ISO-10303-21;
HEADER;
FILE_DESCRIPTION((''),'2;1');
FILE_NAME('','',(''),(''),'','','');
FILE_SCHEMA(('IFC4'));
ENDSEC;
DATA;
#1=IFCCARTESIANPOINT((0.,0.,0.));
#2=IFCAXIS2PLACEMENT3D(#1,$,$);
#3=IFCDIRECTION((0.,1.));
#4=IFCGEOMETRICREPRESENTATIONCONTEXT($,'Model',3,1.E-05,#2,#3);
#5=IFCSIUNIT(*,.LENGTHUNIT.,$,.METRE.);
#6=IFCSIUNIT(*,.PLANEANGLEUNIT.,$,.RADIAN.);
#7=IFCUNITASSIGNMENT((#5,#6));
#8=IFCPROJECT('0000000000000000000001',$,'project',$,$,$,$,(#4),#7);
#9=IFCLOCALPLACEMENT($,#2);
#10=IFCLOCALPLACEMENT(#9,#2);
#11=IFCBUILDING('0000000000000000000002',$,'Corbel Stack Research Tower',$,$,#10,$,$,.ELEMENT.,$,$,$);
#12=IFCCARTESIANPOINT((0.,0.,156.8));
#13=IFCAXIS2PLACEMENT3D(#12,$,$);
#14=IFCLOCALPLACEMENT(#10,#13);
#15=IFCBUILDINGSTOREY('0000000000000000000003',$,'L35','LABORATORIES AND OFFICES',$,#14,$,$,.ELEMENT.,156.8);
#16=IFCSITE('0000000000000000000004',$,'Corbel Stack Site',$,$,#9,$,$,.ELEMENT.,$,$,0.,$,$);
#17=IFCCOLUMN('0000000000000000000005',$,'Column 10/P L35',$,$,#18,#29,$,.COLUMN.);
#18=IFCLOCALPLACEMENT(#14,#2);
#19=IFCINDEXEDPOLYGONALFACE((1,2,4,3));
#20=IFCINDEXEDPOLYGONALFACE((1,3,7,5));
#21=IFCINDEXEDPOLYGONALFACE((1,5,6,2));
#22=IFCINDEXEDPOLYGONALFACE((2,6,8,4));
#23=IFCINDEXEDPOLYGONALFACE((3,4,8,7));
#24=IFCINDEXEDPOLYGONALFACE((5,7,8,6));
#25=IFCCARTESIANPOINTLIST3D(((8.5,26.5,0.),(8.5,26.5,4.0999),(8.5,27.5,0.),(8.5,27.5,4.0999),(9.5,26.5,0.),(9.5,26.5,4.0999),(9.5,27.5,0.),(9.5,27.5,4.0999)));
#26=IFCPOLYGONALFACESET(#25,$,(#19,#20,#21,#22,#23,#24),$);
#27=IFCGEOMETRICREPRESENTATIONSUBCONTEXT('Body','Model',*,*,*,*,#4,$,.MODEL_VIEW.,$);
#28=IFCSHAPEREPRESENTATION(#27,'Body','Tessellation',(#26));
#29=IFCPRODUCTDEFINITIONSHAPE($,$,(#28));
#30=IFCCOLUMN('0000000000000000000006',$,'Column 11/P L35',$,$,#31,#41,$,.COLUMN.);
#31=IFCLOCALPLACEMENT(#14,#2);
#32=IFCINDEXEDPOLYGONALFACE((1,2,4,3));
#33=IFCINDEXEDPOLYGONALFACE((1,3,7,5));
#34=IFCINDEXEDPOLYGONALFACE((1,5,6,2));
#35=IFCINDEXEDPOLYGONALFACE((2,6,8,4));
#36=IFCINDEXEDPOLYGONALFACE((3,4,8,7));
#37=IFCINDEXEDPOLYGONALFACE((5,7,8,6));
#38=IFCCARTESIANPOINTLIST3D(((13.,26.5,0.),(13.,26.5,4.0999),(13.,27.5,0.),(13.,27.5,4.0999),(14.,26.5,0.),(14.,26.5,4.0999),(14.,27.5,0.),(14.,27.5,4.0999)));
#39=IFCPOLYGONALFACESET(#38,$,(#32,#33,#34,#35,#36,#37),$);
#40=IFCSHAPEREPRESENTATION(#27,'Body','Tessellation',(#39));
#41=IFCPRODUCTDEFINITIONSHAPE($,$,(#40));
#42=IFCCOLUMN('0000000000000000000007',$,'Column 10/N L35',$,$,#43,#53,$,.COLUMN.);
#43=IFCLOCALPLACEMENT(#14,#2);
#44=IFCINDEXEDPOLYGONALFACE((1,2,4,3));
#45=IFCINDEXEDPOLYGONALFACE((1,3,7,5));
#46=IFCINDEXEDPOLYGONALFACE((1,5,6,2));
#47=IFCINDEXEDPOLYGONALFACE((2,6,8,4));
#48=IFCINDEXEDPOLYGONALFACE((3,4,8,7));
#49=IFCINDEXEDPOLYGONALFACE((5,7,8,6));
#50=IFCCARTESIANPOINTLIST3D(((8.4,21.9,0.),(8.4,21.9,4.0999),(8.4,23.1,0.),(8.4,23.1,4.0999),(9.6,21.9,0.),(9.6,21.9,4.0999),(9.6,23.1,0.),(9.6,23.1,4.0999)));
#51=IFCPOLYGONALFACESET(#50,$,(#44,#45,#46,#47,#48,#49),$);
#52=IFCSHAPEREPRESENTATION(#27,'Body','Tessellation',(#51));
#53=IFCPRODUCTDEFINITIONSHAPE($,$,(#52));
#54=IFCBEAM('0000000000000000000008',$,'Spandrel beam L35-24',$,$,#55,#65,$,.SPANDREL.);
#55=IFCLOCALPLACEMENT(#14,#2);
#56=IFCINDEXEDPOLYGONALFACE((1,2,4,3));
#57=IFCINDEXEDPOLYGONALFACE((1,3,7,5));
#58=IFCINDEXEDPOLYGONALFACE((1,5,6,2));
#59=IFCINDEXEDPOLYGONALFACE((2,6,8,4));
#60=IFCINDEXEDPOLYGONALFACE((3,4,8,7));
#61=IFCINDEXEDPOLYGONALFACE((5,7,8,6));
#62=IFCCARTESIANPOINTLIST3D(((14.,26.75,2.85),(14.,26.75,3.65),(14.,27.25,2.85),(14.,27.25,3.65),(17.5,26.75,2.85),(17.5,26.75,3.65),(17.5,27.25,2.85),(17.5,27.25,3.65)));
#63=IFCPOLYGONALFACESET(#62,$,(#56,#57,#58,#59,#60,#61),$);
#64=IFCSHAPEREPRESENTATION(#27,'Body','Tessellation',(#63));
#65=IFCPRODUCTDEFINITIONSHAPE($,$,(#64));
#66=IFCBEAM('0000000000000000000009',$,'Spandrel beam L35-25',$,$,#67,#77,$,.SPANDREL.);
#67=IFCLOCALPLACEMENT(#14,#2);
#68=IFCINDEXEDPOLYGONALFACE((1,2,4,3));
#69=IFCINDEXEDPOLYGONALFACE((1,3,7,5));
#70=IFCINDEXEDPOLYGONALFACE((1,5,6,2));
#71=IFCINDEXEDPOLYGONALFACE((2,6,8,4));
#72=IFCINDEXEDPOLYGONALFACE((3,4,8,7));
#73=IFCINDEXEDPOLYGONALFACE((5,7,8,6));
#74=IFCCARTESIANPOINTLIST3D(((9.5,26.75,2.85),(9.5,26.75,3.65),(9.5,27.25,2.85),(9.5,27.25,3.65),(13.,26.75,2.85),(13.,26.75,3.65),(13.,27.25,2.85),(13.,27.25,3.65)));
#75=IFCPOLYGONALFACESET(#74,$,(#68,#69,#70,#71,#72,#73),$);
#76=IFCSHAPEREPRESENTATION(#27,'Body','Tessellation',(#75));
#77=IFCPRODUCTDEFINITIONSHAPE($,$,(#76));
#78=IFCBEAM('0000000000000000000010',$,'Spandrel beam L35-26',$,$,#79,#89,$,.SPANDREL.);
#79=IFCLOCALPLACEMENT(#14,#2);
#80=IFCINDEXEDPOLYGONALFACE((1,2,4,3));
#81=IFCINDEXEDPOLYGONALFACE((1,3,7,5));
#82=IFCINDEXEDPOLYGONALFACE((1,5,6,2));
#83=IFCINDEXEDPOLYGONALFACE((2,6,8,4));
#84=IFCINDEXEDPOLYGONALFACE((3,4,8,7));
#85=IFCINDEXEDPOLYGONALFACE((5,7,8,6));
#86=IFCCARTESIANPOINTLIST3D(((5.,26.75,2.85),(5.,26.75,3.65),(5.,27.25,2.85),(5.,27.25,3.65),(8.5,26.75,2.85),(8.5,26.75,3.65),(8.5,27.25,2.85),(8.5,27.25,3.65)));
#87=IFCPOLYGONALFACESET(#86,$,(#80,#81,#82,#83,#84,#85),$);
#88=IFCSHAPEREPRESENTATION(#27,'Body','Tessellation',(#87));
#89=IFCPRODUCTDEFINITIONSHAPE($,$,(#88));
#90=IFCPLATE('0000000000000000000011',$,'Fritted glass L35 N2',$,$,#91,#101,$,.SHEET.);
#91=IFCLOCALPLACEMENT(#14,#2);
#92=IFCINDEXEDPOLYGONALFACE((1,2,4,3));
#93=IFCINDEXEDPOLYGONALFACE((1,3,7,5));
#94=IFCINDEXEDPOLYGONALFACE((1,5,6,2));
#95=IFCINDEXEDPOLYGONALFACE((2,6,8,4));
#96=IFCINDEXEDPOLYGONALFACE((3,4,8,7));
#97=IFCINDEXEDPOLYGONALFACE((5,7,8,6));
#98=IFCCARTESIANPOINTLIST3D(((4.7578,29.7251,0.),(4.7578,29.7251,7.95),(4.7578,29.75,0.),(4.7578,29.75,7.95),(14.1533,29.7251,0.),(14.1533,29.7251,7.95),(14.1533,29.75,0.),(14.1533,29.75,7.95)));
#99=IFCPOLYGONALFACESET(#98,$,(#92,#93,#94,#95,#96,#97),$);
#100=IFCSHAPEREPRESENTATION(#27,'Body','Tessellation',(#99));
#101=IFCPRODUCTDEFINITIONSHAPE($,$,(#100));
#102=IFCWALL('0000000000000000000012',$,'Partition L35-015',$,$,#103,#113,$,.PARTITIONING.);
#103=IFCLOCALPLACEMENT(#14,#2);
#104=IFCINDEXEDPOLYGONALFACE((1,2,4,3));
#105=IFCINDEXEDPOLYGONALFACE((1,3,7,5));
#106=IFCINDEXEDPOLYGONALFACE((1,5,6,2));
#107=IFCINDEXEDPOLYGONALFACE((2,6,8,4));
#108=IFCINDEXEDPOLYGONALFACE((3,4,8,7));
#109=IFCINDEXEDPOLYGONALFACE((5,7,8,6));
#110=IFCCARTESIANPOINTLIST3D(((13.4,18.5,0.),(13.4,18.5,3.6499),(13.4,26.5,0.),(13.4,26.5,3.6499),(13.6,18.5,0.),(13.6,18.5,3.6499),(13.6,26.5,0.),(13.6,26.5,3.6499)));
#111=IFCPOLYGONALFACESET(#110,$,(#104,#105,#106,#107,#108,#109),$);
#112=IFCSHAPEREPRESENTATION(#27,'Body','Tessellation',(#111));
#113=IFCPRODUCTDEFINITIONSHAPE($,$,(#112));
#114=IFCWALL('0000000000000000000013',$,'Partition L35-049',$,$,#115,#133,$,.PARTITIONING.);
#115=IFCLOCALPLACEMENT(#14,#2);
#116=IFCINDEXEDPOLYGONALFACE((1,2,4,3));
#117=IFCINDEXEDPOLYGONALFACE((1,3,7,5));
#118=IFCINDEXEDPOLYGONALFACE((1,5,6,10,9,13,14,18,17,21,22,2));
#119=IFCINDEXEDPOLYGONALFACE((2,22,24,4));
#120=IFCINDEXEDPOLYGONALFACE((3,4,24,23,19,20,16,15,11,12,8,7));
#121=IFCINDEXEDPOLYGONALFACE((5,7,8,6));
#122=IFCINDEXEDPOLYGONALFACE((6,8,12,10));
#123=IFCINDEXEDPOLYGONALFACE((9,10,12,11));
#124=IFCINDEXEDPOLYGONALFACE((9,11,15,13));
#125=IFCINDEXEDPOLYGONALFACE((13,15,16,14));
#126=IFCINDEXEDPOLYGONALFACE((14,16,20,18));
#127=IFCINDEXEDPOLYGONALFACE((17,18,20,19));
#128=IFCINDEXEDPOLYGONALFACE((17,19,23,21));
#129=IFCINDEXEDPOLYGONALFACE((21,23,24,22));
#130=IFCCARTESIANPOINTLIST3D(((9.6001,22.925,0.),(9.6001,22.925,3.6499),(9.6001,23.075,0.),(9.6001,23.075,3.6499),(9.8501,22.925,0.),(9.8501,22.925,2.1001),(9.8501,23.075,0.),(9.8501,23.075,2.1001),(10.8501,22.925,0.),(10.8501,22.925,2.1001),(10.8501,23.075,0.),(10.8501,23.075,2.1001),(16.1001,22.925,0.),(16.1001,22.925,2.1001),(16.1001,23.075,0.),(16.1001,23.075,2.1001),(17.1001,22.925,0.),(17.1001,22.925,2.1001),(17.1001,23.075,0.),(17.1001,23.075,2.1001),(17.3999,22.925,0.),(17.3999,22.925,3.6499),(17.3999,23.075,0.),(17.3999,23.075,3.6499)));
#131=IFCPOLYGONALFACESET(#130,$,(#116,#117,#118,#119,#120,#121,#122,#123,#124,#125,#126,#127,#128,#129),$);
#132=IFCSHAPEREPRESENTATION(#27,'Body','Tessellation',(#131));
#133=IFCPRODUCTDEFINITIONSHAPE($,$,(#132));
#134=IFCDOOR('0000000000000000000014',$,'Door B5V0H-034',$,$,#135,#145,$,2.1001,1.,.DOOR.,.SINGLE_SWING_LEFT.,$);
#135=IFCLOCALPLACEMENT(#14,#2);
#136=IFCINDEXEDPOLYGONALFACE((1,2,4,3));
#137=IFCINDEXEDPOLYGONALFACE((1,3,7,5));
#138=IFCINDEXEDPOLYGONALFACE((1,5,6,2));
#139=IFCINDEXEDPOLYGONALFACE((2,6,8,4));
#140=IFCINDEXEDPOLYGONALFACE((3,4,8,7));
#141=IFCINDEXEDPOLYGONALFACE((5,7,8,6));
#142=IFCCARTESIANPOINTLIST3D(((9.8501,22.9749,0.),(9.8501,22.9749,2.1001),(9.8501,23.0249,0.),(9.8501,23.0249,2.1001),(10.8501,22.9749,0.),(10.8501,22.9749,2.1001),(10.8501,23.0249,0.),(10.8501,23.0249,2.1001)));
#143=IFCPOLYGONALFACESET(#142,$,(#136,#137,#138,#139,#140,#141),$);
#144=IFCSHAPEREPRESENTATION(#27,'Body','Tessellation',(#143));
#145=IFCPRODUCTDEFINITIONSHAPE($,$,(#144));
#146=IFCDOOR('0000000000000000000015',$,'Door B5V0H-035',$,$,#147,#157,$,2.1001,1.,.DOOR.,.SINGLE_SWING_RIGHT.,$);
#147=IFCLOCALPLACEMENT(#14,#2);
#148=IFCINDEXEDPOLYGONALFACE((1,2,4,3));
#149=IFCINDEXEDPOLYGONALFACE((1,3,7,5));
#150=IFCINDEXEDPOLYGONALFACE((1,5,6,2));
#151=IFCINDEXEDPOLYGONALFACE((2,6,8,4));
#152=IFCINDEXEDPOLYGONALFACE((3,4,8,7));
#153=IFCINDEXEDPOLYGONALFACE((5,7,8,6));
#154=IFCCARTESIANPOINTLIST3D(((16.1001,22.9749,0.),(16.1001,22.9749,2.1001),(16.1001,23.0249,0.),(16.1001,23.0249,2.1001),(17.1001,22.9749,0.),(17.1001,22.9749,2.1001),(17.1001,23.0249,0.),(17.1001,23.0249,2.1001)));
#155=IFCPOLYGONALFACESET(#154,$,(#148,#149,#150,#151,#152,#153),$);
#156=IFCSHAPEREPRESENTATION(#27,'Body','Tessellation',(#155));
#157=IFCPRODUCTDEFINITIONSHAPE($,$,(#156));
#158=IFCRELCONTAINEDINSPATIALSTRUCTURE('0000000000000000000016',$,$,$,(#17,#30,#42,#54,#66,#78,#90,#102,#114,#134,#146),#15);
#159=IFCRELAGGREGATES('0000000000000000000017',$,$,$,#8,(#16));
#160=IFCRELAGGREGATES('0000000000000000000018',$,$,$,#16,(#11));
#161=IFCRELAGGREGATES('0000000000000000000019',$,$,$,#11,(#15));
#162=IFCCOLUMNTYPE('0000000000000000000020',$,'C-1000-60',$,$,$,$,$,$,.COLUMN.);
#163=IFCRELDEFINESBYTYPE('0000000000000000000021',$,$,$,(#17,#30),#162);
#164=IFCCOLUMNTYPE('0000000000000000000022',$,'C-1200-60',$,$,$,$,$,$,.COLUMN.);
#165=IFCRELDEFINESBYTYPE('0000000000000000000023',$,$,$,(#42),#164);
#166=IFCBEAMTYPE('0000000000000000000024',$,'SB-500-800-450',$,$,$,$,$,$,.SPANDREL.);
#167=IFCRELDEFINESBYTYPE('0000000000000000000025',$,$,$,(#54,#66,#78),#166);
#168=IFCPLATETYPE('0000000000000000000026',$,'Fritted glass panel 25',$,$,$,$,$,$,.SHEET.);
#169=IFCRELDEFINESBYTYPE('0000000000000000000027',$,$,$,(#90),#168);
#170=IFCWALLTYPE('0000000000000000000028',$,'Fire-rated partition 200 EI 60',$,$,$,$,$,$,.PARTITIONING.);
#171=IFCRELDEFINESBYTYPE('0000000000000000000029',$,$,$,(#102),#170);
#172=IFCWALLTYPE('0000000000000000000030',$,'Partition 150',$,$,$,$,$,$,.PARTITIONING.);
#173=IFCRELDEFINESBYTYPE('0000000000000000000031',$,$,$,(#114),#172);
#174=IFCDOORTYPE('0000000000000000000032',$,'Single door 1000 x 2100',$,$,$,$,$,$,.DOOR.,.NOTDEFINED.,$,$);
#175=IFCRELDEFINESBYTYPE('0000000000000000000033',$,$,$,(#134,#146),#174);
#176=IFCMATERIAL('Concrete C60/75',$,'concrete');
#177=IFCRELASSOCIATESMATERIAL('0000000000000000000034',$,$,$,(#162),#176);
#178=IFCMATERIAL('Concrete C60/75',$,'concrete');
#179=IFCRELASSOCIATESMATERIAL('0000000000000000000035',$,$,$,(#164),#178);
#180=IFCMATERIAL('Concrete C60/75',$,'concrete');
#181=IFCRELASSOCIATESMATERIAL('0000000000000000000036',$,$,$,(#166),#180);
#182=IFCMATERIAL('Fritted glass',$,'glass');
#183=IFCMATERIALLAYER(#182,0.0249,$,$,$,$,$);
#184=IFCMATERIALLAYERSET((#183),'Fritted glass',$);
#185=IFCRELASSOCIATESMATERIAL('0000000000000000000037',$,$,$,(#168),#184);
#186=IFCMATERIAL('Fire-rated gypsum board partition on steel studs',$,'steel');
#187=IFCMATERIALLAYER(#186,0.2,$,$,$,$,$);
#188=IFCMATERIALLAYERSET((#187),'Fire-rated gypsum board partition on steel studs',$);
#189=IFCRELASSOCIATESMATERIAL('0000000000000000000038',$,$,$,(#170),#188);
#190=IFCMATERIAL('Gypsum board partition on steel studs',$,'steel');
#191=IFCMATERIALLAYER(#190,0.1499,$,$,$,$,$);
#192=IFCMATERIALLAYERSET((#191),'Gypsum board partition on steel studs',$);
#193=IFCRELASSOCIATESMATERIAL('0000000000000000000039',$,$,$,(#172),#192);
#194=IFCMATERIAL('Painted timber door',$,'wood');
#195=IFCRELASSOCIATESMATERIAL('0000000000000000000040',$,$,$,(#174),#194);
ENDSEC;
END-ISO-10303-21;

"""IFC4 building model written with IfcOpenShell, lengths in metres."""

from ifc_helpers import new_model, si_unit, direction, frame, frame_2d, origin, origin_2d, place, context, subcontext, project, spatial, rectangle, extrude, material, layer, layer_set, material_profile, profile_set, type_object, element, fill, save


model = new_model("IFC4")

# Units and contexts
model_context = context("Model", 3, precision=1e-05, world=origin(), true_north=direction((0.0, 1.0)))
body_context = subcontext(model_context, "Body", "Model", "MODEL_VIEW")
ifc_project = project(units=[si_unit("LENGTHUNIT", "METRE"), si_unit("PLANEANGLEUNIT", "RADIAN")], contexts=[model_context])

# Site, building, storey
site_placement = place(None, origin())
site = spatial("IfcSite", under=ifc_project, at=site_placement, Name="Corbel Stack Site", CompositionType="ELEMENT", RefElevation=0.0)
building_placement = place(site_placement, origin())
building = spatial("IfcBuilding", under=site, at=building_placement, Name="Corbel Stack Research Tower", CompositionType="ELEMENT")
storey_placement = place(building_placement, frame((0.0, 0.0, 156.8)))
storey = spatial("IfcBuildingStorey", under=building, at=storey_placement, Name="L35", Description="LABORATORIES AND OFFICES", CompositionType="ELEMENT", Elevation=156.8)

# Columns
ifc_material_1 = material(Name="Concrete C60/75", Category="concrete")
ifc_material_profile_1 = material_profile(ifc_material_1, rectangle(XDim=1.0, YDim=1.0, at=origin_2d()), Name="RC 1000 x 1000")
ifc_profile_set_1 = profile_set([ifc_material_profile_1], Name="Concrete C60/75")
column_type_1 = type_object("IfcColumnType", Name="C-1000-60", PredefinedType="COLUMN", material=ifc_profile_set_1)
for number, where, z_axis, x_axis, name in (
    (1, (9.0, 27.0, 0.0), (0.0, 0.0, 1.0), (1.0, 0.0, 0.0), "Column 10/P L35"),
    (2, (13.5, 27.0, 0.0), (0.0, 0.0, 1.0), (1.0, 0.0, 0.0), "Column 11/P L35"),
):
    element("IfcColumn", number, at=place(storey_placement, frame(where, z_axis=z_axis, x_axis=x_axis)), inside=storey, type_object=column_type_1, Name=name, PredefinedType="COLUMN", context=body_context, shape_type="SweptSolid", body=[
        extrude(rectangle(XDim=1.0, YDim=1.0, at=origin_2d()), origin(), (0.0, 0.0, 1.0), 4.0999),
    ])
ifc_material_2 = material(Name="Concrete C60/75", Category="concrete")
ifc_material_profile_2 = material_profile(ifc_material_2, rectangle(XDim=1.2, YDim=1.2, at=origin_2d()), Name="RC 1200 x 1200")
ifc_profile_set_2 = profile_set([ifc_material_profile_2], Name="Concrete C60/75")
column_type_2 = type_object("IfcColumnType", Name="C-1200-60", PredefinedType="COLUMN", material=ifc_profile_set_2)
column_placement = place(storey_placement, frame((9.0, 22.5, 0.0), z_axis=(0.0, 0.0, 1.0), x_axis=(1.0, 0.0, 0.0)))
element("IfcColumn", 3, at=column_placement, inside=storey, type_object=column_type_2, Name="Column 10/N L35", PredefinedType="COLUMN", context=body_context, shape_type="SweptSolid", body=[
    extrude(rectangle(XDim=1.2, YDim=1.2, at=origin_2d()), origin(), (0.0, 0.0, 1.0), 4.0999),
])

# Beams
ifc_material_3 = material(Name="Concrete C60/75", Category="concrete")
ifc_material_profile_3 = material_profile(ifc_material_3, rectangle(XDim=0.5, YDim=0.8, at=origin_2d()), Name="RC 500 x 800")
ifc_profile_set_3 = profile_set([ifc_material_profile_3], Name="Concrete C60/75")
beam_type = type_object("IfcBeamType", Name="SB-500-800-450", PredefinedType="SPANDREL", material=ifc_profile_set_3)
for number, where, z_axis, x_axis, name in (
    (4, (17.5, 27.0, 3.25), (-1.0, 0.0, 0.0), (0.0, -1.0, 0.0), "Spandrel beam L35-24"),
    (5, (13.0, 27.0, 3.25), (-1.0, 0.0, 0.0), (0.0, -1.0, 0.0), "Spandrel beam L35-25"),
    (6, (8.5, 27.0, 3.25), (-1.0, 0.0, 0.0), (0.0, -1.0, 0.0), "Spandrel beam L35-26"),
):
    element("IfcBeam", number, at=place(storey_placement, frame(where, z_axis=z_axis, x_axis=x_axis)), inside=storey, type_object=beam_type, Name=name, PredefinedType="SPANDREL", context=body_context, shape_type="SweptSolid", body=[
        extrude(rectangle(XDim=0.5, YDim=0.8, at=origin_2d()), origin(), (0.0, 0.0, 1.0), 3.5),
    ])

# Plate
ifc_material_4 = material(Name="Fritted glass", Category="glass")
ifc_layer_1 = layer(ifc_material_4, 0.0249)
ifc_layer_set_1 = layer_set([ifc_layer_1], Name="Fritted glass")
plate_type = type_object("IfcPlateType", Name="Fritted glass panel 25", PredefinedType="SHEET", material=ifc_layer_set_1)
plate_placement = place(storey_placement, frame((9.4556, 29.7375, 0.0), z_axis=(0.0, 0.0, 1.0), x_axis=(-1.0, 0.0, 0.0)))
element("IfcPlate", 7, at=plate_placement, inside=storey, type_object=plate_type, Name="Fritted glass L35 N2", PredefinedType="SHEET", context=body_context, shape_type="SweptSolid", body=[
    extrude(rectangle(XDim=9.3955, YDim=0.0249, at=origin_2d()), origin(), (0.0, 0.0, 1.0), 7.95),
])

# Wall
ifc_material_5 = material(Name="Fire-rated gypsum board partition on steel studs", Category="steel")
ifc_layer_2 = layer(ifc_material_5, 0.2)
ifc_layer_set_2 = layer_set([ifc_layer_2], Name="Fire-rated gypsum board partition on steel studs")
wall_type_1 = type_object("IfcWallType", Name="Fire-rated partition 200 EI 60", PredefinedType="PARTITIONING", material=ifc_layer_set_2)
wall_1_placement = place(storey_placement, frame((13.5, 18.5, 0.0), z_axis=(0.0, 0.0, 1.0), x_axis=(0.0, 1.0, 0.0)))
element("IfcWall", 8, at=wall_1_placement, inside=storey, type_object=wall_type_1, Name="Partition L35-015", PredefinedType="PARTITIONING", context=body_context, shape_type="SweptSolid", body=[
    extrude(rectangle(XDim=8.0, YDim=0.2, at=frame_2d((4.0, 0.0))), origin(), (0.0, 0.0, 1.0), 3.6499),
])

# Wall, openings, doors
ifc_material_6 = material(Name="Gypsum board partition on steel studs", Category="steel")
ifc_layer_3 = layer(ifc_material_6, 0.1499)
ifc_layer_set_3 = layer_set([ifc_layer_3], Name="Gypsum board partition on steel studs")
wall_type_2 = type_object("IfcWallType", Name="Partition 150", PredefinedType="PARTITIONING", material=ifc_layer_set_3)
wall_2_placement = place(storey_placement, frame((9.6001, 23.0, 0.0), z_axis=(0.0, 0.0, 1.0), x_axis=(1.0, 0.0, 0.0)))
wall_2 = element("IfcWall", 9, at=wall_2_placement, inside=storey, type_object=wall_type_2, Name="Partition L35-049", PredefinedType="PARTITIONING", context=body_context, shape_type="SweptSolid", body=[
    extrude(rectangle(XDim=7.7998, YDim=0.1499, at=frame_2d((3.8999, 0.0))), origin(), (0.0, 0.0, 1.0), 3.6499),
])
opening_1_placement = place(wall_2_placement, frame((0.25, 0.0, 0.0)))
opening_1 = element("IfcOpeningElement", 10, at=opening_1_placement, cuts=wall_2, PredefinedType="OPENING", context=body_context, shape_type="SweptSolid", body=[
    extrude(rectangle(XDim=1.0, YDim=2.1001, at=frame_2d((0.5, 1.05))), frame((0.0, 0.085, 0.0), z_axis=(0.0, -1.0, 0.0), x_axis=(1.0, 0.0, 0.0)), (0.0, 0.0, 1.0), 0.1699),
])
opening_2_placement = place(wall_2_placement, frame((6.5, 0.0, 0.0)))
opening_2 = element("IfcOpeningElement", 11, at=opening_2_placement, cuts=wall_2, PredefinedType="OPENING", context=body_context, shape_type="SweptSolid", body=[
    extrude(rectangle(XDim=1.0, YDim=2.1001, at=frame_2d((0.5, 1.05))), frame((0.0, 0.085, 0.0), z_axis=(0.0, -1.0, 0.0), x_axis=(1.0, 0.0, 0.0)), (0.0, 0.0, 1.0), 0.1699),
])
ifc_material_7 = material(Name="Painted timber door", Category="wood")
door_type_1 = type_object("IfcDoorType", Name="Single door 1000 x 2100", OperationType="NOTDEFINED", PredefinedType="DOOR", material=ifc_material_7)
door_1_placement = place(opening_1_placement, origin())
door_1 = element("IfcDoor", 12, at=door_1_placement, inside=storey, type_object=door_type_1, Name="Door B5V0H-034", OperationType="SINGLE_SWING_LEFT", OverallHeight=2.1001, OverallWidth=1.0, PredefinedType="DOOR", context=body_context, shape_type="SweptSolid", body=[
    extrude(rectangle(XDim=1.0, YDim=2.1001, at=frame_2d((0.5, 1.05))), frame((0.0, 0.0249, 0.0), z_axis=(0.0, -1.0, 0.0), x_axis=(1.0, 0.0, 0.0)), (0.0, 0.0, 1.0), 0.05),
])
fill(opening_1, door_1)
door_2_placement = place(opening_2_placement, origin())
door_2 = element("IfcDoor", 13, at=door_2_placement, inside=storey, type_object=door_type_1, Name="Door B5V0H-035", OperationType="SINGLE_SWING_RIGHT", OverallHeight=2.1001, OverallWidth=1.0, PredefinedType="DOOR", context=body_context, shape_type="SweptSolid", body=[
    extrude(rectangle(XDim=1.0, YDim=2.1001, at=frame_2d((0.5, 1.05))), frame((0.0, 0.0249, 0.0), z_axis=(0.0, -1.0, 0.0), x_axis=(1.0, 0.0, 0.0)), (0.0, 0.0, 1.0), 0.05),
])
fill(opening_2, door_2)

save(model, "model.ifc")
